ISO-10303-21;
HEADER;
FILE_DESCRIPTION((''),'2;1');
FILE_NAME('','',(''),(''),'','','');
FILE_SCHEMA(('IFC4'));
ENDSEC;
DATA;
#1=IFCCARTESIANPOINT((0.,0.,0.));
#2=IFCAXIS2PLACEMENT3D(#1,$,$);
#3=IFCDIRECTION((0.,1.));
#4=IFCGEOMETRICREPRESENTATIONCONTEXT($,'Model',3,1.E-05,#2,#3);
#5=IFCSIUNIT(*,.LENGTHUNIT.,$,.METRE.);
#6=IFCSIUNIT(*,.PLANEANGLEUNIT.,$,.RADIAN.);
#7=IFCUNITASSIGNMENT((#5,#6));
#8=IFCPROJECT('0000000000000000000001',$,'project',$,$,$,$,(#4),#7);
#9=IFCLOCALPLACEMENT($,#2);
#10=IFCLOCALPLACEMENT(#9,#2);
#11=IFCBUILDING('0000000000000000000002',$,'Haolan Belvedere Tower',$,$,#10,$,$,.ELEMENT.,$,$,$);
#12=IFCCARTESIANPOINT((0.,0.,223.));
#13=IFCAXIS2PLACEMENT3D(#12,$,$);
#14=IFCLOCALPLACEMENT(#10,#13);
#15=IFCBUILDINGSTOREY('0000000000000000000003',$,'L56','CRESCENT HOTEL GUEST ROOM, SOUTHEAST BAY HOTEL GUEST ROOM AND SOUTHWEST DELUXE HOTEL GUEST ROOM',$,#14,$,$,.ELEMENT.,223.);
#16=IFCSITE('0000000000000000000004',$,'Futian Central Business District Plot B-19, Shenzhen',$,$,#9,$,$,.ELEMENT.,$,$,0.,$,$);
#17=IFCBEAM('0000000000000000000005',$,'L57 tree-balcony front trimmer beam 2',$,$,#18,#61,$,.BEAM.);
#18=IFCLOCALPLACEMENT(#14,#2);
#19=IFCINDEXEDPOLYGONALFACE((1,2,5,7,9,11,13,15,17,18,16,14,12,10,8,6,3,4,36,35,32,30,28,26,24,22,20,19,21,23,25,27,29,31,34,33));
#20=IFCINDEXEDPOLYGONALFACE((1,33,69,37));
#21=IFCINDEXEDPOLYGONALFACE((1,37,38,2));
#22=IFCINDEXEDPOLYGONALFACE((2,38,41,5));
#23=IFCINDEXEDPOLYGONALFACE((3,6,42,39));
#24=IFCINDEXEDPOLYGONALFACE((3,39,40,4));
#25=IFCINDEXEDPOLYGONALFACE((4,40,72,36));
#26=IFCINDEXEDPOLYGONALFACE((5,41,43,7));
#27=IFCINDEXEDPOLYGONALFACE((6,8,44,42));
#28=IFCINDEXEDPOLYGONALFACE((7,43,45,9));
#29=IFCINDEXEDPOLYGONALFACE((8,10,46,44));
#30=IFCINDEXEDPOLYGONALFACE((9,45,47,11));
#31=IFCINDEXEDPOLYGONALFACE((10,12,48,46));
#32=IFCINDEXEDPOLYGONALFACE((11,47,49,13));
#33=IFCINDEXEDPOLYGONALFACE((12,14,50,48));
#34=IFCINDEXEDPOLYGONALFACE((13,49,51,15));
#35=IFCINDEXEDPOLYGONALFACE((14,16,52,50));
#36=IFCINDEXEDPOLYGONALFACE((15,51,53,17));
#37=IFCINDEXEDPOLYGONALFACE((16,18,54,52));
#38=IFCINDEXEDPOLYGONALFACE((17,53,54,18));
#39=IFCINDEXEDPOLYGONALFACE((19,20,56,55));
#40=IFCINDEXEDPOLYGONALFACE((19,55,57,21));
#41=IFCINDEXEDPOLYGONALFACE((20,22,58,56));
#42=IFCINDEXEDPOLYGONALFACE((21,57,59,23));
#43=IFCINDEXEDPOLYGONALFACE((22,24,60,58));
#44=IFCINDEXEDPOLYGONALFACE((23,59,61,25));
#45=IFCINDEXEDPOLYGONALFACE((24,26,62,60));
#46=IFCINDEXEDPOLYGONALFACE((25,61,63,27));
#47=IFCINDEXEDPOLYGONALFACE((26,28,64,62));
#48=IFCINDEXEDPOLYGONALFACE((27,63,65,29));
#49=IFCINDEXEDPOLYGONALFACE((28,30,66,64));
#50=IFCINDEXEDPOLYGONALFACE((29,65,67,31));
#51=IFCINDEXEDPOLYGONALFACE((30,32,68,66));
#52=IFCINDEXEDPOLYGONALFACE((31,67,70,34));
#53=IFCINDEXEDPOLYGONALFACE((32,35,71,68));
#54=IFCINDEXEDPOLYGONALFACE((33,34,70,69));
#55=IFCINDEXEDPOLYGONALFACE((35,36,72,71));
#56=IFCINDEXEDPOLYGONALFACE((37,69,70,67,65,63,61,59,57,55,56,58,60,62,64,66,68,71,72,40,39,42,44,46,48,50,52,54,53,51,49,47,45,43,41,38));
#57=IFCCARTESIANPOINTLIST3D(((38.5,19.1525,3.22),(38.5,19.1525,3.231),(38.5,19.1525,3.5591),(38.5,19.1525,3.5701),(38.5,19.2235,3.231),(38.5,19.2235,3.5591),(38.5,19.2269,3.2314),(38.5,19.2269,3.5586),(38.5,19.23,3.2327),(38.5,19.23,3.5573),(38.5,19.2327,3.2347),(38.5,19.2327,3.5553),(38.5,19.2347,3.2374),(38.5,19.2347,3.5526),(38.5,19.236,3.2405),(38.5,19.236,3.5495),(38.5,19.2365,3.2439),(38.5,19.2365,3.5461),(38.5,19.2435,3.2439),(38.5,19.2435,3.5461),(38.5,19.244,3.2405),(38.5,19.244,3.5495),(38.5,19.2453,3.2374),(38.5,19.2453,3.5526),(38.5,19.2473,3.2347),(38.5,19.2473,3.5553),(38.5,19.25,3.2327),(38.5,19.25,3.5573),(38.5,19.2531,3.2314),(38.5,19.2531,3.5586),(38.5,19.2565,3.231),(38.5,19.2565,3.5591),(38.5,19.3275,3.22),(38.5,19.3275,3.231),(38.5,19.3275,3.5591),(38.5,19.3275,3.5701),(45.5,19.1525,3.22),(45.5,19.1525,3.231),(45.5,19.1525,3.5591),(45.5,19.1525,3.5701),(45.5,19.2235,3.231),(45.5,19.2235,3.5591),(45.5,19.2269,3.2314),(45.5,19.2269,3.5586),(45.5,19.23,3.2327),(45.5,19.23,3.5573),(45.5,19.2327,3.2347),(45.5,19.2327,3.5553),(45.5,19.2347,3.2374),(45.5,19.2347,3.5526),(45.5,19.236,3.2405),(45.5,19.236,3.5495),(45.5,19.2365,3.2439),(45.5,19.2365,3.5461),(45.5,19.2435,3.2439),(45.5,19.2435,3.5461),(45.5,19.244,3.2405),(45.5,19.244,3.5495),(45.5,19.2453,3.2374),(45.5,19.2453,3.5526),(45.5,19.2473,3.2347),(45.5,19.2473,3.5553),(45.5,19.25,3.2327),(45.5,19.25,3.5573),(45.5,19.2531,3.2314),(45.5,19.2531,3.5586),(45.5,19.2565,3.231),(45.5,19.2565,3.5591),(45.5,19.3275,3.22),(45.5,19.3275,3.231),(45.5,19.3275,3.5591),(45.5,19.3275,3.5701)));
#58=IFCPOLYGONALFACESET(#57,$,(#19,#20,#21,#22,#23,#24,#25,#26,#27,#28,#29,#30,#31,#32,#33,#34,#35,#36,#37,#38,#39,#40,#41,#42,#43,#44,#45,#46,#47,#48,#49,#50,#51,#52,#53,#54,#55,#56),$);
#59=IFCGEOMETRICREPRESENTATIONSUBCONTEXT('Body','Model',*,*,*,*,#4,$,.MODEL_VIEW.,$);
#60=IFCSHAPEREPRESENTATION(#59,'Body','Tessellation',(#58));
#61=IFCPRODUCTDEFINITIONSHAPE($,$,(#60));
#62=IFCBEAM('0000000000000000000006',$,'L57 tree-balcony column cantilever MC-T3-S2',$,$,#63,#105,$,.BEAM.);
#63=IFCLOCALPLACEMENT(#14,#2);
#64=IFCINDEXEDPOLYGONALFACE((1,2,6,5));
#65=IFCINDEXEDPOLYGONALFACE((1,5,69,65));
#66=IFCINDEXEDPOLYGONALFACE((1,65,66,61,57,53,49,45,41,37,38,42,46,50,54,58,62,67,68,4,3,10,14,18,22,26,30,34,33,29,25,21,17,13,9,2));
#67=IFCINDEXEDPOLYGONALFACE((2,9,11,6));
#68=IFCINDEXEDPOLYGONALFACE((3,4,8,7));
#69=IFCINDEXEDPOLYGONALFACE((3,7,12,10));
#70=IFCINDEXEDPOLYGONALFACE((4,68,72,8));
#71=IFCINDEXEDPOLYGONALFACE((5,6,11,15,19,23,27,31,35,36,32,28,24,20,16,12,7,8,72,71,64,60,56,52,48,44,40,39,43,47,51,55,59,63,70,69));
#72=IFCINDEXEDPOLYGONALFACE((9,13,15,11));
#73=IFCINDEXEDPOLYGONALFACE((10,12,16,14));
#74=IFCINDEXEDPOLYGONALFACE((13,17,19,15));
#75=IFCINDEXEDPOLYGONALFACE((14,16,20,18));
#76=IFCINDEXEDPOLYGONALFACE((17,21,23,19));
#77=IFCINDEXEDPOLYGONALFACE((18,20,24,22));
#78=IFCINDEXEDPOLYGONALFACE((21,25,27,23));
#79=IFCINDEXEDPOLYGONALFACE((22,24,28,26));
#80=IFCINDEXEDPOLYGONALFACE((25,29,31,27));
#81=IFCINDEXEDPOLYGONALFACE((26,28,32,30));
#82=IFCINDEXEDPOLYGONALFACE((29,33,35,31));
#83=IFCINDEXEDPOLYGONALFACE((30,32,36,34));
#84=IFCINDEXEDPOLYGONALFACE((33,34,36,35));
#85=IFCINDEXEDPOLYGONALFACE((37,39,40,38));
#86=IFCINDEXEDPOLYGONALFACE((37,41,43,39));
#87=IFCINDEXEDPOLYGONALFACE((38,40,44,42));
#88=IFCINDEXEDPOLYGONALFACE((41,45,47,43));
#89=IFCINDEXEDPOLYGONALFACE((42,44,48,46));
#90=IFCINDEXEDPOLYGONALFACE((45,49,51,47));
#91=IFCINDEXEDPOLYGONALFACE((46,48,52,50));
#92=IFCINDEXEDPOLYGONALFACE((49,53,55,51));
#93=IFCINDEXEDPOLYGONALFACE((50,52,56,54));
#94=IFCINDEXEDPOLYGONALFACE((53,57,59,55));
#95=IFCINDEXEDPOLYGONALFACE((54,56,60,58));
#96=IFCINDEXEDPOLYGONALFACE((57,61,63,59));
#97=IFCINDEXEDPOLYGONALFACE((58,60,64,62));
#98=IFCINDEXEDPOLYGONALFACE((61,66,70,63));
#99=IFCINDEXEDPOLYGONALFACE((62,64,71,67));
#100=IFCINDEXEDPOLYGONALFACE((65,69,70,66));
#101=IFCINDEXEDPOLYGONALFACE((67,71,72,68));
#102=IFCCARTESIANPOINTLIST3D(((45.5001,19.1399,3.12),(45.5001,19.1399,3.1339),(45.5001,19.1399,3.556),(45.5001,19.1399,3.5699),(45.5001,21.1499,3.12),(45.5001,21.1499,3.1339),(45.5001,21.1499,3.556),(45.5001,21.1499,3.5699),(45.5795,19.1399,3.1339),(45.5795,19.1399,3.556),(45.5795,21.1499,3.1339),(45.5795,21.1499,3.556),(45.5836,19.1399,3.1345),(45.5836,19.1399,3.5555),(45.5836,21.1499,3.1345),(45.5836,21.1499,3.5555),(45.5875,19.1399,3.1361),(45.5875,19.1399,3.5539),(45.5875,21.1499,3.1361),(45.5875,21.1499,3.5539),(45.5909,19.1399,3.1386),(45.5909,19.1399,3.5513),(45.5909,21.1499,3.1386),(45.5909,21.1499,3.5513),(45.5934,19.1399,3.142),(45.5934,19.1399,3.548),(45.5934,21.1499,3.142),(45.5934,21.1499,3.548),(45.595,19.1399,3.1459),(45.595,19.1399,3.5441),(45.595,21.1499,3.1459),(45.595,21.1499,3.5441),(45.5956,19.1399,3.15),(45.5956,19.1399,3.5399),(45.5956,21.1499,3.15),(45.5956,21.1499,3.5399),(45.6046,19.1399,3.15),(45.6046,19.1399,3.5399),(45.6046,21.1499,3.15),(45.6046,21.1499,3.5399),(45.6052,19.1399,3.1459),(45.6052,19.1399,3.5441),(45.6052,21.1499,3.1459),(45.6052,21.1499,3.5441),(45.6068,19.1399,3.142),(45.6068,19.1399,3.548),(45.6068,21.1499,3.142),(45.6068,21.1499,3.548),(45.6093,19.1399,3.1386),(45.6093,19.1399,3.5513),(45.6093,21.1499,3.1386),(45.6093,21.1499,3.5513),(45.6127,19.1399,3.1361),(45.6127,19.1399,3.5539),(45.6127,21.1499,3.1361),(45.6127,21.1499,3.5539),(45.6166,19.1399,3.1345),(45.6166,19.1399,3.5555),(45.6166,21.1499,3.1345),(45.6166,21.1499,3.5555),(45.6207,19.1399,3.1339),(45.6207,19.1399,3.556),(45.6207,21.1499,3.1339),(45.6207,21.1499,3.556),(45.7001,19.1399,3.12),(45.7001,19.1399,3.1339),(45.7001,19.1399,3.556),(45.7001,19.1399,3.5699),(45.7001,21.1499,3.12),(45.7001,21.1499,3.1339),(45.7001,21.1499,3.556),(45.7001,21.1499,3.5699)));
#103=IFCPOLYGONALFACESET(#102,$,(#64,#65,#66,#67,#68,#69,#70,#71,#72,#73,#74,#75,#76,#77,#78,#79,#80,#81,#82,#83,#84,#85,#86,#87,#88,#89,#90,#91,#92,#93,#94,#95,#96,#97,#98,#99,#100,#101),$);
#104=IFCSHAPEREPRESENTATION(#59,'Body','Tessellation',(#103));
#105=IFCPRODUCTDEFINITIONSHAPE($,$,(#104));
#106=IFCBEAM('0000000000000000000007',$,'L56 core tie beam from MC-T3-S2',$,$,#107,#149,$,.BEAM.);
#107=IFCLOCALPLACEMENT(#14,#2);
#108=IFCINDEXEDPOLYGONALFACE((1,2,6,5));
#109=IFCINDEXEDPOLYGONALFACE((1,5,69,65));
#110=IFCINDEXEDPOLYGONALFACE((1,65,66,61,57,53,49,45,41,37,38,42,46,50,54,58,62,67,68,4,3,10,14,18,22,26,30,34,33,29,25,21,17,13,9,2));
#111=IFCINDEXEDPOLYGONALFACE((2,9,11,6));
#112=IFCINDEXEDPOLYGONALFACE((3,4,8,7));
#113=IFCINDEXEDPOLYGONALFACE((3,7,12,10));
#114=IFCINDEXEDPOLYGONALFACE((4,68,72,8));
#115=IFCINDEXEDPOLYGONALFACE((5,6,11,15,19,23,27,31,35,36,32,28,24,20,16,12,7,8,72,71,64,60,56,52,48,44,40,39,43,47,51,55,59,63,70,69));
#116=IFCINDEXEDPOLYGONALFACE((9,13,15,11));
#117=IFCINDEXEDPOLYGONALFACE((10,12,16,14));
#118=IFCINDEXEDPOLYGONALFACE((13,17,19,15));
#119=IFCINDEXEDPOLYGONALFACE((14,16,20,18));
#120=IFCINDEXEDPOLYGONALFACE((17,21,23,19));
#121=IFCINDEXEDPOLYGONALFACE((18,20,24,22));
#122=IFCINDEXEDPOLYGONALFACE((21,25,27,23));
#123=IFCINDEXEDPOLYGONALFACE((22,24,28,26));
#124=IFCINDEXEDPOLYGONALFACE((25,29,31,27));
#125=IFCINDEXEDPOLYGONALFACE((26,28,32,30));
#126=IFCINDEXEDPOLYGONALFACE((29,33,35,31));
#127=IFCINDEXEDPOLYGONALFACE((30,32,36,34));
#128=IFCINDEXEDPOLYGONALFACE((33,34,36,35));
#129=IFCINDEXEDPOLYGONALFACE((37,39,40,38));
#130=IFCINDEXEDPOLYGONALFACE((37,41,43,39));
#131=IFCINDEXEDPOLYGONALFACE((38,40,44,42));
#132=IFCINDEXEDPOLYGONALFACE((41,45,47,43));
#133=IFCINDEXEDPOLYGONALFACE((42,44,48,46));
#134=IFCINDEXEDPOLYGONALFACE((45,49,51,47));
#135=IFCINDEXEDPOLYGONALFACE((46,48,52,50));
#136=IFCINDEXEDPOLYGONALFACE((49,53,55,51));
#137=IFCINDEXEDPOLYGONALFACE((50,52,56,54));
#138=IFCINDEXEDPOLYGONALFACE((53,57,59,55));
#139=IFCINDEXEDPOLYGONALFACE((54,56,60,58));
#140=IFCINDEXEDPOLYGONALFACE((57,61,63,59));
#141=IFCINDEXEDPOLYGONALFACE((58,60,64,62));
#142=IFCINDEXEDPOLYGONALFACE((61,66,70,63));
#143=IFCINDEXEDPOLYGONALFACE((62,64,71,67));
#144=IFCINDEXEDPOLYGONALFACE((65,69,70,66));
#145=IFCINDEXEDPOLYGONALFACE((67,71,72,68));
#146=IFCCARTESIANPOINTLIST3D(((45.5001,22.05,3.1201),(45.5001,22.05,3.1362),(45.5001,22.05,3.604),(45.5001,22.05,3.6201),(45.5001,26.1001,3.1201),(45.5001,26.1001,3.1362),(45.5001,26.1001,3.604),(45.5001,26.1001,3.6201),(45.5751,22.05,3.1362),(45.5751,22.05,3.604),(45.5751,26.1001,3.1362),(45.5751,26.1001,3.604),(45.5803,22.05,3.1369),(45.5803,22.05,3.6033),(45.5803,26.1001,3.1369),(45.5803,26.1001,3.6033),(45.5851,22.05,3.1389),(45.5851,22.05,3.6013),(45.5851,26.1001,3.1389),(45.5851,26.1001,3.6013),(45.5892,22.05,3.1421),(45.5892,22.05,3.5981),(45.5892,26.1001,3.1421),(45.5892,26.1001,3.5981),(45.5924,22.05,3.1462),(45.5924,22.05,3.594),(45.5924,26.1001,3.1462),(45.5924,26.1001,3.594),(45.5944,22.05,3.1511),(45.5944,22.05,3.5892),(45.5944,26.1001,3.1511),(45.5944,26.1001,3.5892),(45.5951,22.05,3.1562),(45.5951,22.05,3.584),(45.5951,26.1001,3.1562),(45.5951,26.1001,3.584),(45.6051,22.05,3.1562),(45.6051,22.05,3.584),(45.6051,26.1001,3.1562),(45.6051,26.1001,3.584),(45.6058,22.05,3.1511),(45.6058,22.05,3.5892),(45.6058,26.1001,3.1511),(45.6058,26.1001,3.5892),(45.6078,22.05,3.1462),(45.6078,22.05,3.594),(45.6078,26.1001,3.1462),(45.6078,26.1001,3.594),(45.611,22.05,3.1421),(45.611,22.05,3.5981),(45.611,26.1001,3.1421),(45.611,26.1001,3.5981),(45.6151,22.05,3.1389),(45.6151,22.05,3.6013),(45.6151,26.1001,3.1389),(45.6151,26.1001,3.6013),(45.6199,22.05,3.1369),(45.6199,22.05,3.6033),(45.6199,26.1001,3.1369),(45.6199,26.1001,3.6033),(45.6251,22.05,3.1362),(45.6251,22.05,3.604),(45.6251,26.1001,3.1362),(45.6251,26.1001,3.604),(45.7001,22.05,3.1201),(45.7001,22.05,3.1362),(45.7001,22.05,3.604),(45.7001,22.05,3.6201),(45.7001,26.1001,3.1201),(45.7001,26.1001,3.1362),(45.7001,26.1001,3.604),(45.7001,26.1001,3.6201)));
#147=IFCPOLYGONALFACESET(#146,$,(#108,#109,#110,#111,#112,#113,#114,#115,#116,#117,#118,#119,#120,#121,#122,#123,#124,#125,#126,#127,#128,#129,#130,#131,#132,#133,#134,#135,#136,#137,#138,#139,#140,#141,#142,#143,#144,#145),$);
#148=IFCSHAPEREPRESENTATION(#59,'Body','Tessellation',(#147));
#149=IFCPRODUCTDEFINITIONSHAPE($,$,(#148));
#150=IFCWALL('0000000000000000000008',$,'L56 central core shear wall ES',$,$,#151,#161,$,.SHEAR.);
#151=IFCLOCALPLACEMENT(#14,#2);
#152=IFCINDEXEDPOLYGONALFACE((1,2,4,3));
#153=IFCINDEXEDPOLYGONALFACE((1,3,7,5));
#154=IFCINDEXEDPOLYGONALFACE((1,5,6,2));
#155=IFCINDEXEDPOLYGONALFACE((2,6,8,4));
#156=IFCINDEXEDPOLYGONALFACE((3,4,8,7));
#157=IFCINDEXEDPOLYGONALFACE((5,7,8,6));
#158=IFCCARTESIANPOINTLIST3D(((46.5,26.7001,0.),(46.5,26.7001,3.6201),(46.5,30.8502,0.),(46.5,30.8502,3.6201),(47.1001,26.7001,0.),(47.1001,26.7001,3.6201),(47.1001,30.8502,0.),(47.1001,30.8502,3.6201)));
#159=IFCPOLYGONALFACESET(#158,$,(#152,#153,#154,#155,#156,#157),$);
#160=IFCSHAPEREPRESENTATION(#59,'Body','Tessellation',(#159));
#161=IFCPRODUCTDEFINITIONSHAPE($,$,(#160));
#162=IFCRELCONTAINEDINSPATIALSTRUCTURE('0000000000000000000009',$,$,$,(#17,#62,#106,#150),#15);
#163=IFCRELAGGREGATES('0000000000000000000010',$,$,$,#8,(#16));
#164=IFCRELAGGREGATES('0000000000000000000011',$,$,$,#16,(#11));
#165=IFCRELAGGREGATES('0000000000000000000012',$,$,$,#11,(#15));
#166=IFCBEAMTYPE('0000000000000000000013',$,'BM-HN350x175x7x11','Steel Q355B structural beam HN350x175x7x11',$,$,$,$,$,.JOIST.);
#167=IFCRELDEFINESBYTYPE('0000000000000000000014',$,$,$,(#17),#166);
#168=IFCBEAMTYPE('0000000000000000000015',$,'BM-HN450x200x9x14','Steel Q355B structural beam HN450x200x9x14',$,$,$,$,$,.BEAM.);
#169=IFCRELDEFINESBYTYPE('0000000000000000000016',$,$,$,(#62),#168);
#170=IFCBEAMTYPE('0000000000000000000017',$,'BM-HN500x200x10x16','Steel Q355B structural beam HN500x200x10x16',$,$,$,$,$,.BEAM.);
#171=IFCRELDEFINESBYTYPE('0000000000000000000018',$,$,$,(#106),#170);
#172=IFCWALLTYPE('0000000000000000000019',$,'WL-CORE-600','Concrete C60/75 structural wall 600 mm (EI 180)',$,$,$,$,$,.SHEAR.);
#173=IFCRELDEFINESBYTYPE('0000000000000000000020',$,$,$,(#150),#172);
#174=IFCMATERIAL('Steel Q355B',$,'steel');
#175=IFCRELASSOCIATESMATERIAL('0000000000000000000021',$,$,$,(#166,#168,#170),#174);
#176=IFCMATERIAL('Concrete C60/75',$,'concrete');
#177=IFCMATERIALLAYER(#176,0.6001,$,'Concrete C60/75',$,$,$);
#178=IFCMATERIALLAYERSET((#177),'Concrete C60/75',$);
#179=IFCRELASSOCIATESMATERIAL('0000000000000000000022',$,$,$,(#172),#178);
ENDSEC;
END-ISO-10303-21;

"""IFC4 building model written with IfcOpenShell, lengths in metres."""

from ifc_helpers import new_model, si_unit, direction, frame, frame_2d, origin, origin_2d, place, context, subcontext, project, spatial, rectangle, i_section, extrude, material, layer, layer_set, material_profile, profile_set, type_object, element, save


model = new_model("IFC4")

# Units and contexts
model_context = context("Model", 3, precision=1e-05, world=origin(), true_north=direction((0.0, 1.0)))
body_context = subcontext(model_context, "Body", "Model", "MODEL_VIEW")
ifc_project = project(units=[si_unit("LENGTHUNIT", "METRE"), si_unit("PLANEANGLEUNIT", "RADIAN")], contexts=[model_context])

# Site, building, storey
site_placement = place(None, origin())
site = spatial("IfcSite", under=ifc_project, at=site_placement, Name="Futian Central Business District Plot B-19, Shenzhen", CompositionType="ELEMENT", RefElevation=0.0)
building_placement = place(site_placement, origin())
building = spatial("IfcBuilding", under=site, at=building_placement, Name="Haolan Belvedere Tower", CompositionType="ELEMENT")
storey_placement = place(building_placement, frame((0.0, 0.0, 223.0)))
storey = spatial("IfcBuildingStorey", under=building, at=storey_placement, Name="L56", Description="CRESCENT HOTEL GUEST ROOM, SOUTHEAST BAY HOTEL GUEST ROOM AND SOUTHWEST DELUXE HOTEL GUEST ROOM", CompositionType="ELEMENT", Elevation=223.0)

# Beams
ifc_material_1 = material(Name="Steel Q355B", Category="steel")
ifc_material_profile_1 = material_profile(ifc_material_1, i_section(OverallWidth=0.175, OverallDepth=0.3501, WebThickness=0.0071, FlangeThickness=0.011, FilletRadius=0.0129, at=origin_2d()), Name="Steel Q355B")
ifc_profile_set_1 = profile_set([ifc_material_profile_1], Name="Steel Q355B")
beam_type_1 = type_object("IfcBeamType", Name="BM-HN350x175x7x11", Description="Steel Q355B structural beam HN350x175x7x11", PredefinedType="JOIST", material=ifc_profile_set_1)
beam_1_placement = place(storey_placement, frame((38.5, 19.24, 3.395), z_axis=(1.0, 0.0, 0.0), x_axis=(0.0, 1.0, 0.0)))
element("IfcBeam", 1, at=beam_1_placement, inside=storey, type_object=beam_type_1, Name="L57 tree-balcony front trimmer beam 2", PredefinedType="BEAM", context=body_context, shape_type="SweptSolid", body=[
    extrude(i_section(OverallWidth=0.175, OverallDepth=0.3501, WebThickness=0.0071, FlangeThickness=0.011, FilletRadius=0.0129, at=origin_2d()), origin(), (0.0, 0.0, 1.0), 7.0),
])
ifc_material_profile_2 = material_profile(ifc_material_1, i_section(OverallWidth=0.2, OverallDepth=0.45, WebThickness=0.009, FlangeThickness=0.0139, FilletRadius=0.0161, at=origin_2d()), Name="Steel Q355B")
ifc_profile_set_2 = profile_set([ifc_material_profile_2], Name="Steel Q355B")
beam_type_2 = type_object("IfcBeamType", Name="BM-HN450x200x9x14", Description="Steel Q355B structural beam HN450x200x9x14", PredefinedType="BEAM", material=ifc_profile_set_2)
beam_2_placement = place(storey_placement, frame((45.6001, 21.1499, 3.345), z_axis=(0.0, -1.0, 0.0), x_axis=(1.0, 0.0, 0.0)))
element("IfcBeam", 2, at=beam_2_placement, inside=storey, type_object=beam_type_2, Name="L57 tree-balcony column cantilever MC-T3-S2", PredefinedType="BEAM", context=body_context, shape_type="SweptSolid", body=[
    extrude(i_section(OverallWidth=0.2, OverallDepth=0.45, WebThickness=0.009, FlangeThickness=0.0139, FilletRadius=0.0161, at=origin_2d()), origin(), (0.0, 0.0, 1.0), 2.01),
])
ifc_material_profile_3 = material_profile(ifc_material_1, i_section(OverallWidth=0.2, OverallDepth=0.5, WebThickness=0.01, FlangeThickness=0.0161, FilletRadius=0.02, at=origin_2d()), Name="Steel Q355B")
ifc_profile_set_3 = profile_set([ifc_material_profile_3], Name="Steel Q355B")
beam_type_3 = type_object("IfcBeamType", Name="BM-HN500x200x10x16", Description="Steel Q355B structural beam HN500x200x10x16", PredefinedType="BEAM", material=ifc_profile_set_3)
beam_3_placement = place(storey_placement, frame((45.6001, 22.05, 3.3701), z_axis=(0.0, 1.0, 0.0), x_axis=(-1.0, 0.0, 0.0)))
element("IfcBeam", 3, at=beam_3_placement, inside=storey, type_object=beam_type_3, Name="L56 core tie beam from MC-T3-S2", PredefinedType="BEAM", context=body_context, shape_type="SweptSolid", body=[
    extrude(i_section(OverallWidth=0.2, OverallDepth=0.5, WebThickness=0.01, FlangeThickness=0.0161, FilletRadius=0.02, at=origin_2d()), origin(), (0.0, 0.0, 1.0), 4.05),
])

# Wall
ifc_material_2 = material(Name="Concrete C60/75", Category="concrete")
ifc_layer_1 = layer(ifc_material_2, 0.6001, Name="Concrete C60/75")
ifc_layer_set_1 = layer_set([ifc_layer_1], Name="Concrete C60/75")
wall_type_1 = type_object("IfcWallType", Name="WL-CORE-600", Description="Concrete C60/75 structural wall 600 mm (EI 180)", PredefinedType="SHEAR", material=ifc_layer_set_1)
wall_1_placement = place(storey_placement, frame((46.8, 26.7, 0.0), z_axis=(0.0, 0.0, 1.0), x_axis=(0.0, 1.0, 0.0)))
element("IfcWall", 4, at=wall_1_placement, inside=storey, type_object=wall_type_1, Name="L56 central core shear wall ES", PredefinedType="SHEAR", context=body_context, shape_type="SweptSolid", body=[
    extrude(rectangle(XDim=4.1501, YDim=0.6001, at=frame_2d((2.0752, 0.0))), origin(), (0.0, 0.0, 1.0), 3.6201),
])

save(model, "model.ifc")
